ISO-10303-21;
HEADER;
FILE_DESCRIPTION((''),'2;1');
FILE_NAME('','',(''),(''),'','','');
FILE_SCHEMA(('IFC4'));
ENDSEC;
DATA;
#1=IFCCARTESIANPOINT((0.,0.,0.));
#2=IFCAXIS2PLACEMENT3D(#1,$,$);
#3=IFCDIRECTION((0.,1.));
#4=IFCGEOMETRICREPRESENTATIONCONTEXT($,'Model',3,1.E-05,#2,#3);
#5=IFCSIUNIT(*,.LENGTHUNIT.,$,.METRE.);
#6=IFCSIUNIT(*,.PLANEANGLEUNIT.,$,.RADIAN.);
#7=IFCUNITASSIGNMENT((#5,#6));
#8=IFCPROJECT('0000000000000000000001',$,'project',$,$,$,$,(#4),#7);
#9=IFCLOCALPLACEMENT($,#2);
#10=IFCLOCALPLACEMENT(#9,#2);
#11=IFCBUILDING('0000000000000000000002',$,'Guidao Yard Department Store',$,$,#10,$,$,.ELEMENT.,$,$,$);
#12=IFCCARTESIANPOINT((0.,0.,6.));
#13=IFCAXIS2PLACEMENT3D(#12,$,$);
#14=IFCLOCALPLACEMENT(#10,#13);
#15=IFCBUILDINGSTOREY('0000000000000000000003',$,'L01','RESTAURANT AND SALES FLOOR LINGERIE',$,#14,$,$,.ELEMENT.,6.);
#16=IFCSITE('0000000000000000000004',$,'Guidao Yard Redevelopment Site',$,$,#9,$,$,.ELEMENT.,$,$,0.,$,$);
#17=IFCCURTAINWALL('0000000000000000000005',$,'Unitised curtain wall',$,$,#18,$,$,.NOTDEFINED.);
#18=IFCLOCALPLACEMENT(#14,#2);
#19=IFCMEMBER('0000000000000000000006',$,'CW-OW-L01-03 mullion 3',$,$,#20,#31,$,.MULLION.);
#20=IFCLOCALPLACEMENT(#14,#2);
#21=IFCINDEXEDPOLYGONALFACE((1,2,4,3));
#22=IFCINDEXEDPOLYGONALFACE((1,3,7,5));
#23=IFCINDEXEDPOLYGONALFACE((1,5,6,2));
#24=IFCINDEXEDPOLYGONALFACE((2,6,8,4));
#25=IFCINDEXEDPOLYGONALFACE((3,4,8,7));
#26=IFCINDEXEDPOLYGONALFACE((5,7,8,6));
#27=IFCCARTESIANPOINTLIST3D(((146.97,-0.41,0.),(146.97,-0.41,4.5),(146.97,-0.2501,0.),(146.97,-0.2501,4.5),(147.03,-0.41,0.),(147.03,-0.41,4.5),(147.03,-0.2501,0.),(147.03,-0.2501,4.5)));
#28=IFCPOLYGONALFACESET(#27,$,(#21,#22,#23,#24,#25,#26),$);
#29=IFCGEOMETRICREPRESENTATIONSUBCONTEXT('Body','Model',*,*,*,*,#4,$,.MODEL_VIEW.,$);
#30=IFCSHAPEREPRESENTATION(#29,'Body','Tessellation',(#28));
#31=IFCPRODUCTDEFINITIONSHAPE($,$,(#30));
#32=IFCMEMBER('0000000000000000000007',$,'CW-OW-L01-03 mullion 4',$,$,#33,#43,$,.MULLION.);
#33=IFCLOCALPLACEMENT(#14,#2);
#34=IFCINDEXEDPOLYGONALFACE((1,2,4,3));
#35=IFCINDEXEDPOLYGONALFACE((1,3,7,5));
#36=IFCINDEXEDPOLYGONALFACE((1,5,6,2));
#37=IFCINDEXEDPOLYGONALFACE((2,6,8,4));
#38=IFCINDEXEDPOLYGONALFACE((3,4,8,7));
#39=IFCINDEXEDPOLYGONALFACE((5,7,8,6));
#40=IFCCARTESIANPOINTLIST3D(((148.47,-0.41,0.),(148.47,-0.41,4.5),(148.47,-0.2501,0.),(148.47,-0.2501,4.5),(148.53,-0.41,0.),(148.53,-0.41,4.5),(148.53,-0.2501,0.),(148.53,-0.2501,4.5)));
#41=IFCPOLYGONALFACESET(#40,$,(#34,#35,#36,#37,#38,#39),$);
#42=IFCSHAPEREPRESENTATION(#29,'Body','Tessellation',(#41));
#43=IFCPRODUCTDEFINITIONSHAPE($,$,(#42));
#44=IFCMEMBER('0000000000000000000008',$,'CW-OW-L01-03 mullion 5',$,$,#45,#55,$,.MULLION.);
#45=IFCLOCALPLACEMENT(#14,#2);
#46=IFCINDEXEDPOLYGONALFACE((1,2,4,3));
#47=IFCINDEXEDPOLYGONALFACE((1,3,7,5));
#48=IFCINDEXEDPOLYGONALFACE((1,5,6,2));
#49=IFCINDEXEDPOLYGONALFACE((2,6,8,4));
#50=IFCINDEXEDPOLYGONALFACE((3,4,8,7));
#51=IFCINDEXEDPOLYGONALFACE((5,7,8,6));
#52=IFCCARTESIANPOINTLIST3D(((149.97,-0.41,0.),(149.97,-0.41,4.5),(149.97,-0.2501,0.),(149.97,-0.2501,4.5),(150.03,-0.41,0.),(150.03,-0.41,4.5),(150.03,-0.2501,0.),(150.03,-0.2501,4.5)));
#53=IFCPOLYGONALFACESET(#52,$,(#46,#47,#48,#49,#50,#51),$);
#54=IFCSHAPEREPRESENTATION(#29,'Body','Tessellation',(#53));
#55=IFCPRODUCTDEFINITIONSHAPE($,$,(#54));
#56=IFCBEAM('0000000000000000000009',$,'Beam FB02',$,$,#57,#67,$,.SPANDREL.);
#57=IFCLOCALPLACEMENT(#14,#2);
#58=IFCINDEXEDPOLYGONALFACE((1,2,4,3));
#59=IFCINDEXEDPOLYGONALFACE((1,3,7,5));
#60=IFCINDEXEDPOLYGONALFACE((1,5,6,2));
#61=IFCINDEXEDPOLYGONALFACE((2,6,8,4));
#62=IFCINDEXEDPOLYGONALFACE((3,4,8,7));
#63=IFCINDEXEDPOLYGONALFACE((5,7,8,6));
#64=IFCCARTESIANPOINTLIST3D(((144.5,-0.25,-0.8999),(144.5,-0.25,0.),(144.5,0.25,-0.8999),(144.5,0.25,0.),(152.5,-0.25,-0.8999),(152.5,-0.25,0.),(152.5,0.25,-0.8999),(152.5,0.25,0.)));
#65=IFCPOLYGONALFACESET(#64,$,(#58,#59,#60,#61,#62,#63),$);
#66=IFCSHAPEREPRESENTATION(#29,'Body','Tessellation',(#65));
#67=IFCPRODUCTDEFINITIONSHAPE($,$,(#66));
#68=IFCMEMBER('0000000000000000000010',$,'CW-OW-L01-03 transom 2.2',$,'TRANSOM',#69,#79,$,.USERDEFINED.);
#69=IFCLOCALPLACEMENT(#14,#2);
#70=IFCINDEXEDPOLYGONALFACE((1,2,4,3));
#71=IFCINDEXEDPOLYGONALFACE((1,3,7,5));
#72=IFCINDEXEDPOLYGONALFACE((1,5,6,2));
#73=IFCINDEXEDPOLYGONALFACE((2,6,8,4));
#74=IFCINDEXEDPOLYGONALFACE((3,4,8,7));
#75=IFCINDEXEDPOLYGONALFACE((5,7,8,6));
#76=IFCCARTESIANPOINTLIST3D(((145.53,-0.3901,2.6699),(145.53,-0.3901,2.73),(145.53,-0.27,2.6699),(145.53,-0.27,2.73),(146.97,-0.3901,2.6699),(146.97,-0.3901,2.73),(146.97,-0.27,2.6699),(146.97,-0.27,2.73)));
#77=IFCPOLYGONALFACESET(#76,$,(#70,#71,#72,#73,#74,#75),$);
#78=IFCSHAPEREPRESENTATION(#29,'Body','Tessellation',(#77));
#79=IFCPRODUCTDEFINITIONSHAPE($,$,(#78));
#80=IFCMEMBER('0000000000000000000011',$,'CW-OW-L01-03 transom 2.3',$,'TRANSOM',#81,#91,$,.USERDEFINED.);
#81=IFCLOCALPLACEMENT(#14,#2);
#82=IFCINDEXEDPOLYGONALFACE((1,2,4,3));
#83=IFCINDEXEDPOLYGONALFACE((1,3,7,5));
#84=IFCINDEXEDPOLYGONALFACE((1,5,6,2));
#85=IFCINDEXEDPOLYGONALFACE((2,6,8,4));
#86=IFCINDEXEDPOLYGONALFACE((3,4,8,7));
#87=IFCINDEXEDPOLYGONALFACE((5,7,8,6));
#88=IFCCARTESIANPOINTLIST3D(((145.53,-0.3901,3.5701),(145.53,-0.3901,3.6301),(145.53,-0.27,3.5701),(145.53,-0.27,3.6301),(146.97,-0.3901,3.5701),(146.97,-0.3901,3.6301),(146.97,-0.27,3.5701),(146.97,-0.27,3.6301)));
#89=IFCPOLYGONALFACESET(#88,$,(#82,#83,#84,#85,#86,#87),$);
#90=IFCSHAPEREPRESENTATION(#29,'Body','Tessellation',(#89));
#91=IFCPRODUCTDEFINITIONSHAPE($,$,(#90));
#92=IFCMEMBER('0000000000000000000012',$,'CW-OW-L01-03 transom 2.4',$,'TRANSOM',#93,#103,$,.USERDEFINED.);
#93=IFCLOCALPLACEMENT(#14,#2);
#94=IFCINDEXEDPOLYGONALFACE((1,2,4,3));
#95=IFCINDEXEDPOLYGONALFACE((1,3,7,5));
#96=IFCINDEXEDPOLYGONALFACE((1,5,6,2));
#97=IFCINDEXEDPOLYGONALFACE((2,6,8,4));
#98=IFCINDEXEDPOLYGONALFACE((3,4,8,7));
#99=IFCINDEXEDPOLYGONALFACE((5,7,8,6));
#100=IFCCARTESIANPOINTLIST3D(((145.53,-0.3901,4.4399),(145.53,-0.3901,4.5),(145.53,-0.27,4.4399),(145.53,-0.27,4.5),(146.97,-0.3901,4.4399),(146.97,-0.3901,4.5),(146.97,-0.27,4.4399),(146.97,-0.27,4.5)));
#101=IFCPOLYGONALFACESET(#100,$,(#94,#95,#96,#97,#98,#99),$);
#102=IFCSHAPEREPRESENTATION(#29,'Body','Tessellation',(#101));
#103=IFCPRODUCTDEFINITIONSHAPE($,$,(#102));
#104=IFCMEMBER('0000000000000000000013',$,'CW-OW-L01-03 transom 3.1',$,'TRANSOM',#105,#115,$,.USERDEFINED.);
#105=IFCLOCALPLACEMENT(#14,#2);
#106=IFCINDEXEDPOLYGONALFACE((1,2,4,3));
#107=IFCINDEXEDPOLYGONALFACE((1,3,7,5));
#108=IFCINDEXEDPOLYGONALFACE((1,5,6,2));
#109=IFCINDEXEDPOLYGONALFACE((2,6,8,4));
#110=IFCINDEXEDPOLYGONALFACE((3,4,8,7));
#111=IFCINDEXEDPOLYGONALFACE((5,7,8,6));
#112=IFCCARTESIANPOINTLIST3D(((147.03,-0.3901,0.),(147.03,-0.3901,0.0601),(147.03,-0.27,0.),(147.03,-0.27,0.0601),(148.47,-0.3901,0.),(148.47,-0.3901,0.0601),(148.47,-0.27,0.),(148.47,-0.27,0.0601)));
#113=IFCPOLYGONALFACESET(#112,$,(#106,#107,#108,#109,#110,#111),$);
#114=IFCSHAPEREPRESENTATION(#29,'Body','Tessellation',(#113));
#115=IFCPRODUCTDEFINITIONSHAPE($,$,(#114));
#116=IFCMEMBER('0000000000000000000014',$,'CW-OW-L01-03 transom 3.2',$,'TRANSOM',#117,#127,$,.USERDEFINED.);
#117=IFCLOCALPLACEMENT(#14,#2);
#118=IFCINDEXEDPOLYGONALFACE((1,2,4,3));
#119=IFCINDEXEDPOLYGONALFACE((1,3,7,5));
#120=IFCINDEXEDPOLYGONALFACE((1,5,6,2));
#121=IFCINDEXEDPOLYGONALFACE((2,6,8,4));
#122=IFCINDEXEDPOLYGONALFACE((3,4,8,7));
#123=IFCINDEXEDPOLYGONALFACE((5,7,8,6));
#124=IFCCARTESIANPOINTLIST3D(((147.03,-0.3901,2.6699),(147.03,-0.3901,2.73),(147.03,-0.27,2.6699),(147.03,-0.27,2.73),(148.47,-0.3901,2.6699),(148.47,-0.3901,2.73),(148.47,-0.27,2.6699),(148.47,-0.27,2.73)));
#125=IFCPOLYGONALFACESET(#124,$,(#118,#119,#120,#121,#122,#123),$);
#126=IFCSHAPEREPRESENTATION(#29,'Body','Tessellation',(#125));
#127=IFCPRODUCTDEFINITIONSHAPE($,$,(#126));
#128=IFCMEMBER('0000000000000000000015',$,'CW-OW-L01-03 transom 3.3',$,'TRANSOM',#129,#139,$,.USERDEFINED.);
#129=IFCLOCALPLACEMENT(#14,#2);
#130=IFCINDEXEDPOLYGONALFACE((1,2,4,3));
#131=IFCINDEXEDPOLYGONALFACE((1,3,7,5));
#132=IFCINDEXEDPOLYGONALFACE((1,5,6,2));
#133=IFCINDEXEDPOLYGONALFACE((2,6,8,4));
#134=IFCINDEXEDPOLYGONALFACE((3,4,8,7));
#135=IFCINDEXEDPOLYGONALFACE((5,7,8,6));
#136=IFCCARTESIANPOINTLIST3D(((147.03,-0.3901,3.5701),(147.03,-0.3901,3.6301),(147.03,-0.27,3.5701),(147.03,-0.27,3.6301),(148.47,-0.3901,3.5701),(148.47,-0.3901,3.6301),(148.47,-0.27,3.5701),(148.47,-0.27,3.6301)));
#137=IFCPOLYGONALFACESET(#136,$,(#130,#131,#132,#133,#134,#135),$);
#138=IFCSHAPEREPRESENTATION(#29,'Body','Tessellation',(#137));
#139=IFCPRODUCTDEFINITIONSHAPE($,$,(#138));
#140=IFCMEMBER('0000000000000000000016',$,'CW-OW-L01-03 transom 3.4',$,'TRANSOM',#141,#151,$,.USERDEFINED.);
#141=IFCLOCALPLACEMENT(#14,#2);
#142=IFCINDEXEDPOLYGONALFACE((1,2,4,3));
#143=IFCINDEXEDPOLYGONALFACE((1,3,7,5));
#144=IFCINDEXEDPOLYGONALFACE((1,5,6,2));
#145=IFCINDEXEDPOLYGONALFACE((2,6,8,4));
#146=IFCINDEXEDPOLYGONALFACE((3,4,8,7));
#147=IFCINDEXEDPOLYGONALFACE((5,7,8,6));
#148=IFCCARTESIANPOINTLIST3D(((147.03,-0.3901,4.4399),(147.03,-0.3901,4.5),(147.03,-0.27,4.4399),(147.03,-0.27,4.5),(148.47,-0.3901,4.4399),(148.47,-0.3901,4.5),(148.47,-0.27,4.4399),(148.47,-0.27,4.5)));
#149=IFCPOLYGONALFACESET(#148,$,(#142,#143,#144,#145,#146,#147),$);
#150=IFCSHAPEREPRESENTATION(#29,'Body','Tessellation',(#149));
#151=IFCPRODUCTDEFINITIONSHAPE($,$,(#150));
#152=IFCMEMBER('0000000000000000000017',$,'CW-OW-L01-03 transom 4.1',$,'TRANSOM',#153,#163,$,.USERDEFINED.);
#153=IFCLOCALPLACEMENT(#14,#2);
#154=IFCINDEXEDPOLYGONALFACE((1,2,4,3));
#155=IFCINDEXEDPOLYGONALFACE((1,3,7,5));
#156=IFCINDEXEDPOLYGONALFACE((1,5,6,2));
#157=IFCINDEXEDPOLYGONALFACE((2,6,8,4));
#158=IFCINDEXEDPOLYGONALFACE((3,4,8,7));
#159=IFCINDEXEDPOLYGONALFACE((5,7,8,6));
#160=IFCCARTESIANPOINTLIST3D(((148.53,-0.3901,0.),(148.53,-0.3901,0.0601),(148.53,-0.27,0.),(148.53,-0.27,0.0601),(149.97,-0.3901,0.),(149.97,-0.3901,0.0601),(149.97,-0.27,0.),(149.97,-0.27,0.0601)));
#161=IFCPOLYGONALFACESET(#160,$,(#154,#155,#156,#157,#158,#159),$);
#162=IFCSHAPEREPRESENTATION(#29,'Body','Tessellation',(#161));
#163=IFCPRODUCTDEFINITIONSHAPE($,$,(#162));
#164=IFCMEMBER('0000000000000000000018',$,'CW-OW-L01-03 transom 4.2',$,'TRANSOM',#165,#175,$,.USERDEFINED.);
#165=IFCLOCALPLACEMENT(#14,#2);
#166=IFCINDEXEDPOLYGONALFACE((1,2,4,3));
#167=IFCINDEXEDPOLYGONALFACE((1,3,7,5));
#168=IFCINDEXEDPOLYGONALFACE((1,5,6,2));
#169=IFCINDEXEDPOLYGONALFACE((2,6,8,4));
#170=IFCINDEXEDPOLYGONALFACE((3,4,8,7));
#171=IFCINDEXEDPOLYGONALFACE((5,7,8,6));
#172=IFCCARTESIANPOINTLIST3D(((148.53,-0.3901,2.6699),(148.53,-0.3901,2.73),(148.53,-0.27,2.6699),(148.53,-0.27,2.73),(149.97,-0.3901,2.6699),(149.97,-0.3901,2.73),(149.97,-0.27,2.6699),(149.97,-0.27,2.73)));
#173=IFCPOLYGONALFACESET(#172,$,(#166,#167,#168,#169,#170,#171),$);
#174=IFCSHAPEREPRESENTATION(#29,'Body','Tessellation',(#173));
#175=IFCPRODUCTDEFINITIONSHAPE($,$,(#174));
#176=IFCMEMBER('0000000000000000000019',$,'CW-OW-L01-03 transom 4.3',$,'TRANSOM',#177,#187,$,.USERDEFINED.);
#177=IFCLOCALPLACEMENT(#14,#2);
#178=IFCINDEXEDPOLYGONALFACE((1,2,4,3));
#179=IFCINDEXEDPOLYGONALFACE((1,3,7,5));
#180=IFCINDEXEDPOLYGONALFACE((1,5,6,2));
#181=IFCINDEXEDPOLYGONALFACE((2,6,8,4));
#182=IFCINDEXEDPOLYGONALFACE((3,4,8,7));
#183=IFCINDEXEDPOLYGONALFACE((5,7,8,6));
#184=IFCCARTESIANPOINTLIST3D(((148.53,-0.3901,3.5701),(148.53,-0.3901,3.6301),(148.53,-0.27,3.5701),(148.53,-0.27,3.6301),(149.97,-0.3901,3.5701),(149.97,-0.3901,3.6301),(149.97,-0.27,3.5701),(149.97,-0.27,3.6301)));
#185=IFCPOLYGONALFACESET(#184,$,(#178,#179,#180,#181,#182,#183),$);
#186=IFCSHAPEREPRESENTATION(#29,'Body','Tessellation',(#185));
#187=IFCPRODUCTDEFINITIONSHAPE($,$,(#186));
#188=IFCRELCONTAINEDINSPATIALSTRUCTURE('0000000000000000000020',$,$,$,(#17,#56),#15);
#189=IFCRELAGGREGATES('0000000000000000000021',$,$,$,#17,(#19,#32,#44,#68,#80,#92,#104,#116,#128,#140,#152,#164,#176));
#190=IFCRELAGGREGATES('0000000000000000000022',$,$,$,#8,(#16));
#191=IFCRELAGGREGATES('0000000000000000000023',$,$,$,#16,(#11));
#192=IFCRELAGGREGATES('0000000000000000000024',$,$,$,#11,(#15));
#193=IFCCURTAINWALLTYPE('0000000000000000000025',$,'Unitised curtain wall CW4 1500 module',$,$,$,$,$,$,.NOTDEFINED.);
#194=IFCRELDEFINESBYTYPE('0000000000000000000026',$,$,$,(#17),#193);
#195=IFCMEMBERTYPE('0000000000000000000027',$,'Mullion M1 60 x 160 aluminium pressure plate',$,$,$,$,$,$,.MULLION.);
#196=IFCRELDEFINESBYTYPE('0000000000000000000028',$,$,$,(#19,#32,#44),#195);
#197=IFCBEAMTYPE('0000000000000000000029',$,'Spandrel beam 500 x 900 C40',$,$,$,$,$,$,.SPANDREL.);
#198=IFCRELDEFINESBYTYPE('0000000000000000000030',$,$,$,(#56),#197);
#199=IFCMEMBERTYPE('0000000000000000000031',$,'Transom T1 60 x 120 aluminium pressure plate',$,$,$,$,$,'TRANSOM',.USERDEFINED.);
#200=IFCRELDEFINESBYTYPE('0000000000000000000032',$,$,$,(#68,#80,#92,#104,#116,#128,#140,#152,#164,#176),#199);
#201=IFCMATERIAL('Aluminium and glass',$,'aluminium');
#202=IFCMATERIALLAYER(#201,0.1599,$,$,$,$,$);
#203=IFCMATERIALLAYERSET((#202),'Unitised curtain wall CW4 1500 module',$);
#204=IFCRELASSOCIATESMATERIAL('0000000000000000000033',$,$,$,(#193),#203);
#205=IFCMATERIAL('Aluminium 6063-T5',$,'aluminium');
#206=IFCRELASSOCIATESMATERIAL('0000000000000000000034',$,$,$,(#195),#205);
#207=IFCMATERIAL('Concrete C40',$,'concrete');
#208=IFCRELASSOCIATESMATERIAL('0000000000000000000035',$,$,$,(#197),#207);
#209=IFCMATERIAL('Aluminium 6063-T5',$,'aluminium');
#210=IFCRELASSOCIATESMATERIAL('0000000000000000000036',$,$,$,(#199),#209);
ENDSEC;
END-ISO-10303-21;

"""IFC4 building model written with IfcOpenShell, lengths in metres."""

from ifc_helpers import new_model, si_unit, direction, frame, origin, origin_2d, place, context, subcontext, project, spatial, rectangle, extrude, material, layer, layer_set, material_profile, profile_set, type_object, element, aggregate, save


model = new_model("IFC4")

# Units and contexts
model_context = context("Model", 3, precision=1e-05, world=origin(), true_north=direction((0.0, 1.0)))
body_context = subcontext(model_context, "Body", "Model", "MODEL_VIEW")
ifc_project = project(units=[si_unit("LENGTHUNIT", "METRE"), si_unit("PLANEANGLEUNIT", "RADIAN")], contexts=[model_context])

# Site, building, storey
site_placement = place(None, origin())
site = spatial("IfcSite", under=ifc_project, at=site_placement, Name="Guidao Yard Redevelopment Site", CompositionType="ELEMENT", RefElevation=0.0)
building_placement = place(site_placement, origin())
building = spatial("IfcBuilding", under=site, at=building_placement, Name="Guidao Yard Department Store", CompositionType="ELEMENT")
storey_placement = place(building_placement, frame((0.0, 0.0, 6.0)))
storey = spatial("IfcBuildingStorey", under=building, at=storey_placement, Name="L01", Description="RESTAURANT AND SALES FLOOR LINGERIE", CompositionType="ELEMENT", Elevation=6.0)

# Curtain wall, members
ifc_material_1 = material(Name="Aluminium and glass", Category="aluminium")
ifc_layer_1 = layer(ifc_material_1, 0.1599)
ifc_layer_set_1 = layer_set([ifc_layer_1], Name="Unitised curtain wall CW4 1500 module")
curtain_wall_type = type_object("IfcCurtainWallType", Name="Unitised curtain wall CW4 1500 module", PredefinedType="NOTDEFINED", material=ifc_layer_set_1)
curtain_wall_placement = place(storey_placement, origin())
curtain_wall = element("IfcCurtainWall", 1, at=curtain_wall_placement, inside=storey, type_object=curtain_wall_type, Name="Unitised curtain wall", PredefinedType="NOTDEFINED")
ifc_material_2 = material(Name="Aluminium 6063-T5", Category="aluminium")
ifc_material_profile_1 = material_profile(ifc_material_2, rectangle(XDim=0.0601, YDim=0.1599, at=origin_2d()), Name="Mullion M1 60 x 160 aluminium pressure plate")
ifc_profile_set_1 = profile_set([ifc_material_profile_1], Name="Aluminium 6063-T5")
member_type_1 = type_object("IfcMemberType", Name="Mullion M1 60 x 160 aluminium pressure plate", PredefinedType="MULLION", material=ifc_profile_set_1)
member_1_placement = place(storey_placement, frame((147.0, -0.3301, 0.0), z_axis=(0.0, 0.0, 1.0), x_axis=(-1.0, 0.0, 0.0)))
member_1 = element("IfcMember", 2, at=member_1_placement, type_object=member_type_1, Name="CW-OW-L01-03 mullion 3", PredefinedType="MULLION", context=body_context, shape_type="SweptSolid", body=[
    extrude(rectangle(XDim=0.0601, YDim=0.1599, at=origin_2d()), origin(), (0.0, 0.0, 1.0), 4.5),
])
member_2_placement = place(storey_placement, frame((148.5, -0.3301, 0.0), z_axis=(0.0, 0.0, 1.0), x_axis=(-1.0, 0.0, 0.0)))
member_2 = element("IfcMember", 3, at=member_2_placement, type_object=member_type_1, Name="CW-OW-L01-03 mullion 4", PredefinedType="MULLION", context=body_context, shape_type="SweptSolid", body=[
    extrude(rectangle(XDim=0.0601, YDim=0.1599, at=origin_2d()), origin(), (0.0, 0.0, 1.0), 4.5),
])
member_3_placement = place(storey_placement, frame((150.0, -0.3301, 0.0), z_axis=(0.0, 0.0, 1.0), x_axis=(-1.0, 0.0, 0.0)))
member_3 = element("IfcMember", 4, at=member_3_placement, type_object=member_type_1, Name="CW-OW-L01-03 mullion 5", PredefinedType="MULLION", context=body_context, shape_type="SweptSolid", body=[
    extrude(rectangle(XDim=0.0601, YDim=0.1599, at=origin_2d()), origin(), (0.0, 0.0, 1.0), 4.5),
])

# Beam
ifc_material_3 = material(Name="Concrete C40", Category="concrete")
ifc_material_profile_2 = material_profile(ifc_material_3, rectangle(XDim=0.5, YDim=0.8999, at=origin_2d()), Name="Spandrel beam 500 x 900 C40")
ifc_profile_set_2 = profile_set([ifc_material_profile_2], Name="Concrete C40")
beam_type = type_object("IfcBeamType", Name="Spandrel beam 500 x 900 C40", PredefinedType="SPANDREL", material=ifc_profile_set_2)
beam_placement = place(storey_placement, frame((144.5, 0.0, -0.45), z_axis=(1.0, 0.0, 0.0), x_axis=(0.0, 1.0, 0.0)))
element("IfcBeam", 5, at=beam_placement, inside=storey, type_object=beam_type, Name="Beam FB02", PredefinedType="SPANDREL", context=body_context, shape_type="SweptSolid", body=[
    extrude(rectangle(XDim=0.5, YDim=0.8999, at=origin_2d()), origin(), (0.0, 0.0, 1.0), 8.0),
])

# Members
ifc_material_4 = material(Name="Aluminium 6063-T5", Category="aluminium")
ifc_material_profile_3 = material_profile(ifc_material_4, rectangle(XDim=0.1201, YDim=0.0601, at=origin_2d()), Name="Transom T1 60 x 120 aluminium pressure plate")
ifc_profile_set_3 = profile_set([ifc_material_profile_3], Name="Aluminium 6063-T5")
member_type_2 = type_object("IfcMemberType", Name="Transom T1 60 x 120 aluminium pressure plate", ElementType="TRANSOM", PredefinedType="USERDEFINED", material=ifc_profile_set_3)
member_4_placement = place(storey_placement, frame((146.97, -0.3301, 2.7), z_axis=(-1.0, 0.0, 0.0), x_axis=(0.0, -1.0, 0.0)))
member_4 = element("IfcMember", 6, at=member_4_placement, type_object=member_type_2, Name="CW-OW-L01-03 transom 2.2", ObjectType="TRANSOM", PredefinedType="USERDEFINED", context=body_context, shape_type="SweptSolid", body=[
    extrude(rectangle(XDim=0.1201, YDim=0.0601, at=origin_2d()), origin(), (0.0, 0.0, 1.0), 1.4399),
])
member_5_placement = place(storey_placement, frame((146.97, -0.3301, 3.6001), z_axis=(-1.0, 0.0, 0.0), x_axis=(0.0, -1.0, 0.0)))
member_5 = element("IfcMember", 7, at=member_5_placement, type_object=member_type_2, Name="CW-OW-L01-03 transom 2.3", ObjectType="TRANSOM", PredefinedType="USERDEFINED", context=body_context, shape_type="SweptSolid", body=[
    extrude(rectangle(XDim=0.1201, YDim=0.0601, at=origin_2d()), origin(), (0.0, 0.0, 1.0), 1.4399),
])
member_6_placement = place(storey_placement, frame((146.97, -0.3301, 4.47), z_axis=(-1.0, 0.0, 0.0), x_axis=(0.0, -1.0, 0.0)))
member_6 = element("IfcMember", 8, at=member_6_placement, type_object=member_type_2, Name="CW-OW-L01-03 transom 2.4", ObjectType="TRANSOM", PredefinedType="USERDEFINED", context=body_context, shape_type="SweptSolid", body=[
    extrude(rectangle(XDim=0.1201, YDim=0.0601, at=origin_2d()), origin(), (0.0, 0.0, 1.0), 1.4399),
])
member_7_placement = place(storey_placement, frame((148.47, -0.3301, 0.03), z_axis=(-1.0, 0.0, 0.0), x_axis=(0.0, -1.0, 0.0)))
member_7 = element("IfcMember", 9, at=member_7_placement, type_object=member_type_2, Name="CW-OW-L01-03 transom 3.1", ObjectType="TRANSOM", PredefinedType="USERDEFINED", context=body_context, shape_type="SweptSolid", body=[
    extrude(rectangle(XDim=0.1201, YDim=0.0601, at=origin_2d()), origin(), (0.0, 0.0, 1.0), 1.4399),
])
member_8_placement = place(storey_placement, frame((148.47, -0.3301, 2.7), z_axis=(-1.0, 0.0, 0.0), x_axis=(0.0, -1.0, 0.0)))
member_8 = element("IfcMember", 10, at=member_8_placement, type_object=member_type_2, Name="CW-OW-L01-03 transom 3.2", ObjectType="TRANSOM", PredefinedType="USERDEFINED", context=body_context, shape_type="SweptSolid", body=[
    extrude(rectangle(XDim=0.1201, YDim=0.0601, at=origin_2d()), origin(), (0.0, 0.0, 1.0), 1.4399),
])
member_9_placement = place(storey_placement, frame((148.47, -0.3301, 3.6001), z_axis=(-1.0, 0.0, 0.0), x_axis=(0.0, -1.0, 0.0)))
member_9 = element("IfcMember", 11, at=member_9_placement, type_object=member_type_2, Name="CW-OW-L01-03 transom 3.3", ObjectType="TRANSOM", PredefinedType="USERDEFINED", context=body_context, shape_type="SweptSolid", body=[
    extrude(rectangle(XDim=0.1201, YDim=0.0601, at=origin_2d()), origin(), (0.0, 0.0, 1.0), 1.4399),
])
member_10_placement = place(storey_placement, frame((148.47, -0.3301, 4.47), z_axis=(-1.0, 0.0, 0.0), x_axis=(0.0, -1.0, 0.0)))
member_10 = element("IfcMember", 12, at=member_10_placement, type_object=member_type_2, Name="CW-OW-L01-03 transom 3.4", ObjectType="TRANSOM", PredefinedType="USERDEFINED", context=body_context, shape_type="SweptSolid", body=[
    extrude(rectangle(XDim=0.1201, YDim=0.0601, at=origin_2d()), origin(), (0.0, 0.0, 1.0), 1.4399),
])
member_11_placement = place(storey_placement, frame((149.97, -0.3301, 0.03), z_axis=(-1.0, 0.0, 0.0), x_axis=(0.0, -1.0, 0.0)))
member_11 = element("IfcMember", 13, at=member_11_placement, type_object=member_type_2, Name="CW-OW-L01-03 transom 4.1", ObjectType="TRANSOM", PredefinedType="USERDEFINED", context=body_context, shape_type="SweptSolid", body=[
    extrude(rectangle(XDim=0.1201, YDim=0.0601, at=origin_2d()), origin(), (0.0, 0.0, 1.0), 1.4399),
])
member_12_placement = place(storey_placement, frame((149.97, -0.3301, 2.7), z_axis=(-1.0, 0.0, 0.0), x_axis=(0.0, -1.0, 0.0)))
member_12 = element("IfcMember", 14, at=member_12_placement, type_object=member_type_2, Name="CW-OW-L01-03 transom 4.2", ObjectType="TRANSOM", PredefinedType="USERDEFINED", context=body_context, shape_type="SweptSolid", body=[
    extrude(rectangle(XDim=0.1201, YDim=0.0601, at=origin_2d()), origin(), (0.0, 0.0, 1.0), 1.4399),
])
member_13_placement = place(storey_placement, frame((149.97, -0.3301, 3.6001), z_axis=(-1.0, 0.0, 0.0), x_axis=(0.0, -1.0, 0.0)))
member_13 = element("IfcMember", 15, at=member_13_placement, type_object=member_type_2, Name="CW-OW-L01-03 transom 4.3", ObjectType="TRANSOM", PredefinedType="USERDEFINED", context=body_context, shape_type="SweptSolid", body=[
    extrude(rectangle(XDim=0.1201, YDim=0.0601, at=origin_2d()), origin(), (0.0, 0.0, 1.0), 1.4399),
])

aggregate(curtain_wall, [member_1, member_2, member_3, member_4, member_5, member_6, member_7, member_8, member_9, member_10, member_11, member_12, member_13])

save(model, "model.ifc")
